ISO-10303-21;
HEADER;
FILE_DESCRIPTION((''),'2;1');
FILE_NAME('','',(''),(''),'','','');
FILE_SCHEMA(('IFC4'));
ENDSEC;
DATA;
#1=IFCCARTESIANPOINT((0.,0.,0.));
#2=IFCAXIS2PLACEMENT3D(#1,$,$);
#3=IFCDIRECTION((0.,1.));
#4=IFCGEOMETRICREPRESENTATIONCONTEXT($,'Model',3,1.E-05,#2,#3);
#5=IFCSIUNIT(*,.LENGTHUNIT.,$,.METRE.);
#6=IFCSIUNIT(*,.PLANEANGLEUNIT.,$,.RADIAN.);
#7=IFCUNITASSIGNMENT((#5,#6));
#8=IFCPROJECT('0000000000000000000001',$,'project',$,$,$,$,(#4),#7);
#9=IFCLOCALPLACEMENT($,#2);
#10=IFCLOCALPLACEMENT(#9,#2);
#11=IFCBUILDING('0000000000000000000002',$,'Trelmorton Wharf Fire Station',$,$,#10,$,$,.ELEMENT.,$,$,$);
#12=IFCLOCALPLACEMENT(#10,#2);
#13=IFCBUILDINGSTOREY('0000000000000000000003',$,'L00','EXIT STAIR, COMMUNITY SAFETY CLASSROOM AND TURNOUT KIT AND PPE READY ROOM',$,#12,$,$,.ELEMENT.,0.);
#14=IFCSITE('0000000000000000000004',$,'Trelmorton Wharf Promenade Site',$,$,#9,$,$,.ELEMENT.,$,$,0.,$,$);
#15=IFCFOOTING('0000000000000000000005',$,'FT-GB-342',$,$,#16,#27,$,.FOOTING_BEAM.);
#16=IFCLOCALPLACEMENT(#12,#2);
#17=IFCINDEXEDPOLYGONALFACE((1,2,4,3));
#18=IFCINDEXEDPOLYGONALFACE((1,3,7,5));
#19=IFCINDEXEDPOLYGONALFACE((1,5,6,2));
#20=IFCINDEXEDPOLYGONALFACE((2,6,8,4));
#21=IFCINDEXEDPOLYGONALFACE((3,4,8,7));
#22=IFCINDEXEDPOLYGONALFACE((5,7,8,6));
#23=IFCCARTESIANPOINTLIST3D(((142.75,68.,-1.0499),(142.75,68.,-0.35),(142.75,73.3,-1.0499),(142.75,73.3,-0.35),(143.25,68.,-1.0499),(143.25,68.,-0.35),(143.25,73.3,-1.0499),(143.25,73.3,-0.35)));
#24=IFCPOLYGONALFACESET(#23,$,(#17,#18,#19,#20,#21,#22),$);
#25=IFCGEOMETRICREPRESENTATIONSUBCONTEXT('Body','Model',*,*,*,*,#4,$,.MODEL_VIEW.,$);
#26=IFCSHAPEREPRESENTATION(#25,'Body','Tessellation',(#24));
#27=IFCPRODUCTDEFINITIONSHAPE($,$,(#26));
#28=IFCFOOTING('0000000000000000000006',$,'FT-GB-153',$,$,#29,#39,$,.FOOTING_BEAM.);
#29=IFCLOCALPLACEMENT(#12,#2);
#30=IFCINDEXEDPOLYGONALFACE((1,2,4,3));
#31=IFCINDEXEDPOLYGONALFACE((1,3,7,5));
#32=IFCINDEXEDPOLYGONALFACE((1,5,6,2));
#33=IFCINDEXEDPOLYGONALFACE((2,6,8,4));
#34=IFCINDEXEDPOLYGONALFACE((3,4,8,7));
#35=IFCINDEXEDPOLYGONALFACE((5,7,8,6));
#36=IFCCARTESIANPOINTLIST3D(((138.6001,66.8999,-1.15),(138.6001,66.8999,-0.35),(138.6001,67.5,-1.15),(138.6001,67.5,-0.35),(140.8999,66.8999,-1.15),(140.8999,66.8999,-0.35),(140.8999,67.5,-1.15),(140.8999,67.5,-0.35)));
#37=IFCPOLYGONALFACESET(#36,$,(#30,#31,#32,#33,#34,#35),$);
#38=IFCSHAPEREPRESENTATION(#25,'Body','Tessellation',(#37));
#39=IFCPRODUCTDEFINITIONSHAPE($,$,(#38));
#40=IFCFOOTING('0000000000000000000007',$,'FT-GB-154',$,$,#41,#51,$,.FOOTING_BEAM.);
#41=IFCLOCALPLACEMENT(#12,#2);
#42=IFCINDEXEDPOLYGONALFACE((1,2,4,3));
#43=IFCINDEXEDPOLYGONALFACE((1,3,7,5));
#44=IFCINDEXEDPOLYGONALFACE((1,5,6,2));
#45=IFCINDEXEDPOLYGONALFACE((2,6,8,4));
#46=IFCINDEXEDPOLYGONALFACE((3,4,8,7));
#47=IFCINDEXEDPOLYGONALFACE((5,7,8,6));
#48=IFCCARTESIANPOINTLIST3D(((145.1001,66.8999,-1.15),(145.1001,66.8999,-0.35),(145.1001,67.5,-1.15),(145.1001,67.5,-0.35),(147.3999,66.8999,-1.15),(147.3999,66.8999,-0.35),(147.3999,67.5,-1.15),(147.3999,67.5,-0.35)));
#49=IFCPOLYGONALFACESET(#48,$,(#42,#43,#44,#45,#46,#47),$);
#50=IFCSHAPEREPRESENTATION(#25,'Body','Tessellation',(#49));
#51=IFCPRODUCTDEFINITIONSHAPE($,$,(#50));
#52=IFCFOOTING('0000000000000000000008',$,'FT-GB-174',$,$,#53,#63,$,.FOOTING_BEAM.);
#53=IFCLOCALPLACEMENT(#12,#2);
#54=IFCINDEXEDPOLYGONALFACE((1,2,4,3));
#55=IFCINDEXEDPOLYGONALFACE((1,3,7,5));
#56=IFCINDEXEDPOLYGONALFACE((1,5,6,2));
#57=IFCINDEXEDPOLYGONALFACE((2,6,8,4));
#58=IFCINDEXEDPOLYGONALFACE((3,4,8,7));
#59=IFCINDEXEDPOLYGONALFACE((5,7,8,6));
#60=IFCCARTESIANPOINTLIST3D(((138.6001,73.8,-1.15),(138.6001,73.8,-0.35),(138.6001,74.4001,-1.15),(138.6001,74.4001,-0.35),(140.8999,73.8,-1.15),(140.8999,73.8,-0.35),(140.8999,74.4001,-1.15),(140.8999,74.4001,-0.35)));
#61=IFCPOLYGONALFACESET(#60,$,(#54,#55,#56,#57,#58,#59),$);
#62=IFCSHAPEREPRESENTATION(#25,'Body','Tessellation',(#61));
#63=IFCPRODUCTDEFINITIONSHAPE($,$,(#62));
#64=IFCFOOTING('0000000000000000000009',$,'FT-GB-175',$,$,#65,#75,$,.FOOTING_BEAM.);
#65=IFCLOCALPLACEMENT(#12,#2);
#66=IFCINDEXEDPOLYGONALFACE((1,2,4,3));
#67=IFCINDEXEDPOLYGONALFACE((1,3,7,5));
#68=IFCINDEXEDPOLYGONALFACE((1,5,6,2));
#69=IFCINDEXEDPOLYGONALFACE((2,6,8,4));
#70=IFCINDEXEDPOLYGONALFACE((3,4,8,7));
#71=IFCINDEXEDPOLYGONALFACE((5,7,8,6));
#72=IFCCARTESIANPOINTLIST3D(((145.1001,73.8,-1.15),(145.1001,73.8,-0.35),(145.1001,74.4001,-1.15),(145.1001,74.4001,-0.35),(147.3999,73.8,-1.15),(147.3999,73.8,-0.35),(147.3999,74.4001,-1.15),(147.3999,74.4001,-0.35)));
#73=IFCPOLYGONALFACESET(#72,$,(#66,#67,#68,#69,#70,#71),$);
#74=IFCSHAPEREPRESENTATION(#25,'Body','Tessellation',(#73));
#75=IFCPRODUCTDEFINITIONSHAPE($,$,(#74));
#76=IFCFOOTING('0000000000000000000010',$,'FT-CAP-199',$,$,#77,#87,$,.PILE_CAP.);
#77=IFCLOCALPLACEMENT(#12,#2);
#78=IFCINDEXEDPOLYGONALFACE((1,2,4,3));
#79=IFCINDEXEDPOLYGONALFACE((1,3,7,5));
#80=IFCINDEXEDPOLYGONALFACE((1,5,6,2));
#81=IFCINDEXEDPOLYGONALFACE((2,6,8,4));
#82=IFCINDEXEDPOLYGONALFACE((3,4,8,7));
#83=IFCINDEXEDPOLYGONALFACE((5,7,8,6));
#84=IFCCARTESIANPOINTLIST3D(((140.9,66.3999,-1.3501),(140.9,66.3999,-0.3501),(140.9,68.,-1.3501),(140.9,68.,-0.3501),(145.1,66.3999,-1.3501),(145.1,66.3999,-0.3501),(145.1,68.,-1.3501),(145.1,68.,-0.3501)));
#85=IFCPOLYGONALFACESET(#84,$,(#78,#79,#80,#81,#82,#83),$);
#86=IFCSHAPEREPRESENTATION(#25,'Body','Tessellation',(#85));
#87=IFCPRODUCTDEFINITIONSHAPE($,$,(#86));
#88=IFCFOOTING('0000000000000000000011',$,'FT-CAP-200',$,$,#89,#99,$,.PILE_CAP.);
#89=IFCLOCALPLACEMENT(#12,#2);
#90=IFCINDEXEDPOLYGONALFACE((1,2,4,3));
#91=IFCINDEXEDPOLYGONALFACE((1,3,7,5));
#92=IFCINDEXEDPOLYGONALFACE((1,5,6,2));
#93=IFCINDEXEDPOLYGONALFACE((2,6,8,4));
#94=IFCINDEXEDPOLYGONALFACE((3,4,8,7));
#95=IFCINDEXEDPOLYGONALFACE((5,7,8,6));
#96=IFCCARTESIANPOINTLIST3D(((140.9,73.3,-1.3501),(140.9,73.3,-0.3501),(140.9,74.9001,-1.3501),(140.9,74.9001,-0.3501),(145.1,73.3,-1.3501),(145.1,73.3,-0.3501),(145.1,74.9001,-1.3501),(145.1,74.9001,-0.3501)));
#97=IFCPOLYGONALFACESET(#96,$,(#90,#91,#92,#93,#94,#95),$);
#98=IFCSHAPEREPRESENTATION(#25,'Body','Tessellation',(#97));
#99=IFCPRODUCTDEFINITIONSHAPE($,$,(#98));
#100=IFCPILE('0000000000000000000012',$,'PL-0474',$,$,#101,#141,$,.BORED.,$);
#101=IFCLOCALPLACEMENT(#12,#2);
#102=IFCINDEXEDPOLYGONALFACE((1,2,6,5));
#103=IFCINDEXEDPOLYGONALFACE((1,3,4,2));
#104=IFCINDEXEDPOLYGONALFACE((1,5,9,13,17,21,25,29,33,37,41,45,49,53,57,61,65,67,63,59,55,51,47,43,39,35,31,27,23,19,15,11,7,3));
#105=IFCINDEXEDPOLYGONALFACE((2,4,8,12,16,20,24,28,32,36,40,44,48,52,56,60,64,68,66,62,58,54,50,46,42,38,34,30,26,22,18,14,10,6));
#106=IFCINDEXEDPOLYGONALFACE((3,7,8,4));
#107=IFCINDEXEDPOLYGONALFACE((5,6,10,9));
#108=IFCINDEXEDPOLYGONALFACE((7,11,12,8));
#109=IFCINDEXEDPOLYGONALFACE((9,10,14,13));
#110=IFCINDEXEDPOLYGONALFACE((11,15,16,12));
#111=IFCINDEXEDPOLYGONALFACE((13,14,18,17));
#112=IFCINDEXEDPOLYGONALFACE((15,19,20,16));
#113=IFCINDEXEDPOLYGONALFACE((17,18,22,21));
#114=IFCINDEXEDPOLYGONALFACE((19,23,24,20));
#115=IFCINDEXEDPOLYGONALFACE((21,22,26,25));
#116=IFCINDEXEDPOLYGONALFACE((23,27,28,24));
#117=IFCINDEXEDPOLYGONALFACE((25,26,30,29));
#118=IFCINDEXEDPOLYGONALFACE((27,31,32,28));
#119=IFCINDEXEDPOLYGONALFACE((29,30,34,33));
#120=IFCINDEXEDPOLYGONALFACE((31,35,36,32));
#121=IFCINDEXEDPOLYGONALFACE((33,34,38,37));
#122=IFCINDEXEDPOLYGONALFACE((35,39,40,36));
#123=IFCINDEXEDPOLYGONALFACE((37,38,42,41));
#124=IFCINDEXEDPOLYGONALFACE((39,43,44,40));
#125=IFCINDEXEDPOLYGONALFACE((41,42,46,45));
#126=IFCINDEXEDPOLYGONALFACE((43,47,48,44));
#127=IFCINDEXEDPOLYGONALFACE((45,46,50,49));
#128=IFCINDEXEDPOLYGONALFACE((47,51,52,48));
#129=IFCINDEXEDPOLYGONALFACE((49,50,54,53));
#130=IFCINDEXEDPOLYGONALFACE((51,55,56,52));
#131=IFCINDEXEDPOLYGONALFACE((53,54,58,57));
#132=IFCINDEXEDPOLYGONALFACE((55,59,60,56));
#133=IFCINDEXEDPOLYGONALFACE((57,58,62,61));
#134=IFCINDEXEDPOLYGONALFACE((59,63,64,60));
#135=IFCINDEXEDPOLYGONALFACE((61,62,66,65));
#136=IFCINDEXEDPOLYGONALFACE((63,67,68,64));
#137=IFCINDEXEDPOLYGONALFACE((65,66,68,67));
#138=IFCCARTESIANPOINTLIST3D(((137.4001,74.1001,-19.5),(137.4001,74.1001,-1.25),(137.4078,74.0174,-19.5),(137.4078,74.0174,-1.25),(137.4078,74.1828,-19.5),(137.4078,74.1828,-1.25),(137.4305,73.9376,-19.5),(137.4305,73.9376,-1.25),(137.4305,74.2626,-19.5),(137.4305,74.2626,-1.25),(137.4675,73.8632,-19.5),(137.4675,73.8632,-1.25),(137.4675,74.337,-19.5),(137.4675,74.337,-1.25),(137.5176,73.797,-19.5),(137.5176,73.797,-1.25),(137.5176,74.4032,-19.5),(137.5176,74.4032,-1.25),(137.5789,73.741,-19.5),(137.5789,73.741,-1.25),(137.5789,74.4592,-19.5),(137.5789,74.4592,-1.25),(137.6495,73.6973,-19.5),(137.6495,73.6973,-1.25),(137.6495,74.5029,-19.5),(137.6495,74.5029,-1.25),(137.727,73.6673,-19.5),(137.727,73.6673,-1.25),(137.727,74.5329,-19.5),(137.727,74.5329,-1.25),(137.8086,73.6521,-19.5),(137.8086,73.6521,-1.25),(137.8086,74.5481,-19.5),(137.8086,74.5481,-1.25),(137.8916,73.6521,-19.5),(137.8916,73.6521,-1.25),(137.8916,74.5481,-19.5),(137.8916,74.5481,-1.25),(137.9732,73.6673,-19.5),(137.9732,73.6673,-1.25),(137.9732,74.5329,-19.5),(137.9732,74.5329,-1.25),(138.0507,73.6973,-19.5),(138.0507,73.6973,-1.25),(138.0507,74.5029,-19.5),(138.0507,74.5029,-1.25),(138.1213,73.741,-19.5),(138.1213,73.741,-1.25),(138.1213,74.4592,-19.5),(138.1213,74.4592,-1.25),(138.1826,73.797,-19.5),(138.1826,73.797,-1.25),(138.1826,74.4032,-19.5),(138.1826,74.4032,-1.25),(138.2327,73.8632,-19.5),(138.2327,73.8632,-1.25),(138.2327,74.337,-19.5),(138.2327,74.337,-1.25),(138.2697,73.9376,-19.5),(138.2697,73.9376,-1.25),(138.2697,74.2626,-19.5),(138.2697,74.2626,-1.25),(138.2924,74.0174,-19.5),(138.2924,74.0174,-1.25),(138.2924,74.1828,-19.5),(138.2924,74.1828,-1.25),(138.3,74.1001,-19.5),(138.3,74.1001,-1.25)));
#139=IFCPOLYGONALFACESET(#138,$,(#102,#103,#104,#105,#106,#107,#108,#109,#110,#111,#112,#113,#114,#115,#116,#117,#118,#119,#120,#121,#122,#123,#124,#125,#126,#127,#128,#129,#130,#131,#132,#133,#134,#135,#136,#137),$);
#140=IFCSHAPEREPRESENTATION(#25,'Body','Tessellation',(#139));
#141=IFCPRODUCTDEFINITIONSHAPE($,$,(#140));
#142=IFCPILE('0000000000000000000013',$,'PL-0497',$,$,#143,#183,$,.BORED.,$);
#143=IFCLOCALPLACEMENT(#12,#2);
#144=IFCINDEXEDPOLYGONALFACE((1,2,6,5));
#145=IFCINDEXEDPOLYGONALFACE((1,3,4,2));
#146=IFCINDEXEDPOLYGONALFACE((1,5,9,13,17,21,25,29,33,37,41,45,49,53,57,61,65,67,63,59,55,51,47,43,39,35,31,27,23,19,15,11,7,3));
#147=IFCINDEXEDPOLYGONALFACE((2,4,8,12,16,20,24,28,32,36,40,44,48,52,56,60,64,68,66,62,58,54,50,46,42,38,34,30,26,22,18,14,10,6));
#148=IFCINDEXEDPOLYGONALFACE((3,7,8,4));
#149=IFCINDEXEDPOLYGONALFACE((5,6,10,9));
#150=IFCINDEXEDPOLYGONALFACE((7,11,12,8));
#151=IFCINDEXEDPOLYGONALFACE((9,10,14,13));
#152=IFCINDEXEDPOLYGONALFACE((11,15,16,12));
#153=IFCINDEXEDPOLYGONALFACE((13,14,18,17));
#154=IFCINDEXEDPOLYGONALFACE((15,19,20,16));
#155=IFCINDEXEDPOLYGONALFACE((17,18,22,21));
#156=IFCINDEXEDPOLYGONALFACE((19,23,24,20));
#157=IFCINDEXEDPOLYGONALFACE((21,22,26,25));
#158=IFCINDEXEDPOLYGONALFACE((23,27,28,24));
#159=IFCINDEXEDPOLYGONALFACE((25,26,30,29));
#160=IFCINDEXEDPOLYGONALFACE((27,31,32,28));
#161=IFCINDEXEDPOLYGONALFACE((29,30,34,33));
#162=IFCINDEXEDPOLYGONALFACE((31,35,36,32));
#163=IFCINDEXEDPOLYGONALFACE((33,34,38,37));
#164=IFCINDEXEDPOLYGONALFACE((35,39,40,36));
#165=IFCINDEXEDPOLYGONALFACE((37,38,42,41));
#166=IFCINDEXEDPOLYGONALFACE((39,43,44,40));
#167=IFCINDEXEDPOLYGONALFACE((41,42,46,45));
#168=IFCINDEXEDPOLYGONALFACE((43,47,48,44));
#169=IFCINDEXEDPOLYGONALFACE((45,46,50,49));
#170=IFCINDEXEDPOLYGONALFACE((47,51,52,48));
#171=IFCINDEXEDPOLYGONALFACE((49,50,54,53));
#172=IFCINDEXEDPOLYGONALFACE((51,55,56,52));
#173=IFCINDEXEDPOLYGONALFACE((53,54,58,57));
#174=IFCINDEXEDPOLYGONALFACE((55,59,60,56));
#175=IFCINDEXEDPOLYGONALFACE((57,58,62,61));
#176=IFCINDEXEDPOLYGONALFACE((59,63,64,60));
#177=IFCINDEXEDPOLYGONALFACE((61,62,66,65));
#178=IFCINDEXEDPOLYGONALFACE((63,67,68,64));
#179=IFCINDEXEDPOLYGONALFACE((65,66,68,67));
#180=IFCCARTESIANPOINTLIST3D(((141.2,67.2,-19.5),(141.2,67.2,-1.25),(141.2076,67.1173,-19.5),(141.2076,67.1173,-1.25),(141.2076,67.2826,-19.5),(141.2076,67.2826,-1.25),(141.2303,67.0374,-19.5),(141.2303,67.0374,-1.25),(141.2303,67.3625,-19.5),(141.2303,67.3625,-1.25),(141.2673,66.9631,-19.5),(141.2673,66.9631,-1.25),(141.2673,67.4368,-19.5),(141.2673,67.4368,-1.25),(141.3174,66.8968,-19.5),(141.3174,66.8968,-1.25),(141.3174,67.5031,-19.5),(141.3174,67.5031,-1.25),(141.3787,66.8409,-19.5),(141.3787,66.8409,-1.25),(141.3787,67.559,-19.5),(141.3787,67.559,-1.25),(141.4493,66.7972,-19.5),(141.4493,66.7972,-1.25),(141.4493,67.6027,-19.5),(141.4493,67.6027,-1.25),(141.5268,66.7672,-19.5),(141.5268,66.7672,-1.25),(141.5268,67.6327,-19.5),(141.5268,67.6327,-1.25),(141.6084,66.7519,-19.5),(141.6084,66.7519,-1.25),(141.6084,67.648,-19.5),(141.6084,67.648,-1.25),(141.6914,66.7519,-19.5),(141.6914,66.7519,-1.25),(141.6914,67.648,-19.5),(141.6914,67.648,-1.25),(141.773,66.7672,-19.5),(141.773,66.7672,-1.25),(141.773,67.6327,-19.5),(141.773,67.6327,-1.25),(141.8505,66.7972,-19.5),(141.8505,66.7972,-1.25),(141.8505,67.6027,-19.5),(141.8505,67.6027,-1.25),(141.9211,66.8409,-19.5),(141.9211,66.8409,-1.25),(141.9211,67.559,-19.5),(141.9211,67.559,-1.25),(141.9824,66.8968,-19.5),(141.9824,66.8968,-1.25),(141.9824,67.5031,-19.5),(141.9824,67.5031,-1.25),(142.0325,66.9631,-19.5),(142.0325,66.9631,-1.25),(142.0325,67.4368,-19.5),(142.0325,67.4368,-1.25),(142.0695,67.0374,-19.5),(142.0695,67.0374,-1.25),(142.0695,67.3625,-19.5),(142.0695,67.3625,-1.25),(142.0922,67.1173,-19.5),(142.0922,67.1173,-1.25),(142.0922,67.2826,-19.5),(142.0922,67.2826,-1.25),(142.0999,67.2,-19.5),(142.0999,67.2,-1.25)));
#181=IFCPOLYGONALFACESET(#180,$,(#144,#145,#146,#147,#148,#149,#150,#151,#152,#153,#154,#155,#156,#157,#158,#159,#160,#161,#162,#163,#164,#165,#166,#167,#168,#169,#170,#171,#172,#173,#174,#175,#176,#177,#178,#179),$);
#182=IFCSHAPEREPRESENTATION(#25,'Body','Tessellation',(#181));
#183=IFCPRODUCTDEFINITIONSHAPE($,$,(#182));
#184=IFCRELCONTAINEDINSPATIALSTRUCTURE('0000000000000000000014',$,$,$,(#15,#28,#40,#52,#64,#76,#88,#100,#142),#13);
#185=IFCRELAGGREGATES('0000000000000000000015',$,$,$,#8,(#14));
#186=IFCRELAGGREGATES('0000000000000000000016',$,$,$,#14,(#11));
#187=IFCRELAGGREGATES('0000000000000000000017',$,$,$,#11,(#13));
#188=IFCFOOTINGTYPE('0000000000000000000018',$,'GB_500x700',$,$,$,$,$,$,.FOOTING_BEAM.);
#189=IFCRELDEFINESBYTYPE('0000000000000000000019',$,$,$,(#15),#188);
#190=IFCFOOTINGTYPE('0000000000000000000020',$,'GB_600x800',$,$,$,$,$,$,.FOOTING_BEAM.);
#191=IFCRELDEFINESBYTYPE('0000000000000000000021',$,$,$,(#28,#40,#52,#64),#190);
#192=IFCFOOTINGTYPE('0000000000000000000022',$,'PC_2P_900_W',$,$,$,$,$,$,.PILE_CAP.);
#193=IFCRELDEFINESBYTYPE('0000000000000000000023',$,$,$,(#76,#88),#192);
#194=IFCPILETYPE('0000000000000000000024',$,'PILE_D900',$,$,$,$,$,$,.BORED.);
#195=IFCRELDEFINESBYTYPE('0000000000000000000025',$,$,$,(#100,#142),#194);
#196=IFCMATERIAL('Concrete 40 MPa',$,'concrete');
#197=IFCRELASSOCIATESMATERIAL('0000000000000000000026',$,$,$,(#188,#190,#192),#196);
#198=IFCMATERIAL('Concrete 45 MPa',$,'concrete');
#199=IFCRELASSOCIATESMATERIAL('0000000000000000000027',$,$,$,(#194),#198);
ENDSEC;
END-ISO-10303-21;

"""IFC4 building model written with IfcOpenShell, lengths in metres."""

from ifc_helpers import new_model, si_unit, direction, frame, origin, origin_2d, place, context, subcontext, project, spatial, rectangle, circle, extrude, material, material_profile, profile_set, type_object, element, save


model = new_model("IFC4")

# Units and contexts
model_context = context("Model", 3, precision=1e-05, world=origin(), true_north=direction((0.0, 1.0)))
body_context = subcontext(model_context, "Body", "Model", "MODEL_VIEW")
ifc_project = project(units=[si_unit("LENGTHUNIT", "METRE"), si_unit("PLANEANGLEUNIT", "RADIAN")], contexts=[model_context])

# Site, building, storey
site_placement = place(None, origin())
site = spatial("IfcSite", under=ifc_project, at=site_placement, Name="Trelmorton Wharf Promenade Site", CompositionType="ELEMENT", RefElevation=0.0)
building_placement = place(site_placement, origin())
building = spatial("IfcBuilding", under=site, at=building_placement, Name="Trelmorton Wharf Fire Station", CompositionType="ELEMENT")
storey_placement = place(building_placement, origin())
storey = spatial("IfcBuildingStorey", under=building, at=storey_placement, Name="L00", Description="EXIT STAIR, COMMUNITY SAFETY CLASSROOM AND TURNOUT KIT AND PPE READY ROOM", CompositionType="ELEMENT", Elevation=0.0)

# Footings
ifc_material_1 = material(Name="Concrete 40 MPa", Category="concrete")
ifc_material_profile_1 = material_profile(ifc_material_1, rectangle(XDim=0.5, YDim=0.7, at=origin_2d()), Name="RC500x700")
ifc_profile_set_1 = profile_set([ifc_material_profile_1], Name="Concrete 40 MPa")
footing_type_1 = type_object("IfcFootingType", Name="GB_500x700", PredefinedType="FOOTING_BEAM", material=ifc_profile_set_1)
footing_placement = place(storey_placement, frame((143.0, 68.0, -0.7), z_axis=(0.0, 1.0, 0.0), x_axis=(-1.0, 0.0, 0.0)))
element("IfcFooting", 1, at=footing_placement, inside=storey, type_object=footing_type_1, Name="FT-GB-342", PredefinedType="FOOTING_BEAM", context=body_context, shape_type="SweptSolid", body=[
    extrude(rectangle(XDim=0.5, YDim=0.7, at=origin_2d()), origin(), (0.0, 0.0, 1.0), 5.3),
])
ifc_material_profile_2 = material_profile(ifc_material_1, rectangle(XDim=0.6001, YDim=0.8, at=origin_2d()), Name="RC600x800")
ifc_profile_set_2 = profile_set([ifc_material_profile_2], Name="Concrete 40 MPa")
footing_type_2 = type_object("IfcFootingType", Name="GB_600x800", PredefinedType="FOOTING_BEAM", material=ifc_profile_set_2)
for number, where, z_axis, x_axis, name in (
    (2, (138.6001, 67.2, -0.75), (1.0, 0.0, 0.0), (0.0, 1.0, 0.0), "FT-GB-153"),
    (3, (145.1001, 67.2, -0.75), (1.0, 0.0, 0.0), (0.0, 1.0, 0.0), "FT-GB-154"),
    (4, (138.6001, 74.1001, -0.75), (1.0, 0.0, 0.0), (0.0, 1.0, 0.0), "FT-GB-174"),
    (5, (145.1001, 74.1001, -0.75), (1.0, 0.0, 0.0), (0.0, 1.0, 0.0), "FT-GB-175"),
):
    element("IfcFooting", number, at=place(storey_placement, frame(where, z_axis=z_axis, x_axis=x_axis)), inside=storey, type_object=footing_type_2, Name=name, PredefinedType="FOOTING_BEAM", context=body_context, shape_type="SweptSolid", body=[
        extrude(rectangle(XDim=0.6001, YDim=0.8, at=origin_2d()), origin(), (0.0, 0.0, 1.0), 2.2998),
    ])
footing_type_3 = type_object("IfcFootingType", Name="PC_2P_900_W", PredefinedType="PILE_CAP", material=ifc_material_1)
for number, where, z_axis, x_axis, name in (
    (6, (143.0, 67.2, -1.3501), (0.0, 0.0, 1.0), (1.0, 0.0, 0.0), "FT-CAP-199"),
    (7, (143.0, 74.1001, -1.3501), (0.0, 0.0, 1.0), (1.0, 0.0, 0.0), "FT-CAP-200"),
):
    element("IfcFooting", number, at=place(storey_placement, frame(where, z_axis=z_axis, x_axis=x_axis)), inside=storey, type_object=footing_type_3, Name=name, PredefinedType="PILE_CAP", context=body_context, shape_type="SweptSolid", body=[
        extrude(rectangle(XDim=4.2, YDim=1.6001, at=origin_2d()), origin(), (0.0, 0.0, 1.0), 1.0),
    ])

# Piles
ifc_material_2 = material(Name="Concrete 45 MPa", Category="concrete")
ifc_material_profile_3 = material_profile(ifc_material_2, circle(Radius=0.45, at=origin_2d()), Name="PILE-D900")
ifc_profile_set_3 = profile_set([ifc_material_profile_3], Name="Concrete 45 MPa")
pile_type = type_object("IfcPileType", Name="PILE_D900", PredefinedType="BORED", material=ifc_profile_set_3)
for number, where, z_axis, x_axis, name in (
    (8, (137.8501, 74.1001, -1.25), (0.0, 0.0, -1.0), (1.0, 0.0, 0.0), "PL-0474"),
    (9, (141.6499, 67.2, -1.25), (0.0, 0.0, -1.0), (1.0, 0.0, 0.0), "PL-0497"),
):
    element("IfcPile", number, at=place(storey_placement, frame(where, z_axis=z_axis, x_axis=x_axis)), inside=storey, type_object=pile_type, Name=name, PredefinedType="BORED", context=body_context, shape_type="SweptSolid", body=[
        extrude(circle(Radius=0.45, at=origin_2d()), origin(), (0.0, 0.0, 1.0), 18.25),
    ])

save(model, "model.ifc")
